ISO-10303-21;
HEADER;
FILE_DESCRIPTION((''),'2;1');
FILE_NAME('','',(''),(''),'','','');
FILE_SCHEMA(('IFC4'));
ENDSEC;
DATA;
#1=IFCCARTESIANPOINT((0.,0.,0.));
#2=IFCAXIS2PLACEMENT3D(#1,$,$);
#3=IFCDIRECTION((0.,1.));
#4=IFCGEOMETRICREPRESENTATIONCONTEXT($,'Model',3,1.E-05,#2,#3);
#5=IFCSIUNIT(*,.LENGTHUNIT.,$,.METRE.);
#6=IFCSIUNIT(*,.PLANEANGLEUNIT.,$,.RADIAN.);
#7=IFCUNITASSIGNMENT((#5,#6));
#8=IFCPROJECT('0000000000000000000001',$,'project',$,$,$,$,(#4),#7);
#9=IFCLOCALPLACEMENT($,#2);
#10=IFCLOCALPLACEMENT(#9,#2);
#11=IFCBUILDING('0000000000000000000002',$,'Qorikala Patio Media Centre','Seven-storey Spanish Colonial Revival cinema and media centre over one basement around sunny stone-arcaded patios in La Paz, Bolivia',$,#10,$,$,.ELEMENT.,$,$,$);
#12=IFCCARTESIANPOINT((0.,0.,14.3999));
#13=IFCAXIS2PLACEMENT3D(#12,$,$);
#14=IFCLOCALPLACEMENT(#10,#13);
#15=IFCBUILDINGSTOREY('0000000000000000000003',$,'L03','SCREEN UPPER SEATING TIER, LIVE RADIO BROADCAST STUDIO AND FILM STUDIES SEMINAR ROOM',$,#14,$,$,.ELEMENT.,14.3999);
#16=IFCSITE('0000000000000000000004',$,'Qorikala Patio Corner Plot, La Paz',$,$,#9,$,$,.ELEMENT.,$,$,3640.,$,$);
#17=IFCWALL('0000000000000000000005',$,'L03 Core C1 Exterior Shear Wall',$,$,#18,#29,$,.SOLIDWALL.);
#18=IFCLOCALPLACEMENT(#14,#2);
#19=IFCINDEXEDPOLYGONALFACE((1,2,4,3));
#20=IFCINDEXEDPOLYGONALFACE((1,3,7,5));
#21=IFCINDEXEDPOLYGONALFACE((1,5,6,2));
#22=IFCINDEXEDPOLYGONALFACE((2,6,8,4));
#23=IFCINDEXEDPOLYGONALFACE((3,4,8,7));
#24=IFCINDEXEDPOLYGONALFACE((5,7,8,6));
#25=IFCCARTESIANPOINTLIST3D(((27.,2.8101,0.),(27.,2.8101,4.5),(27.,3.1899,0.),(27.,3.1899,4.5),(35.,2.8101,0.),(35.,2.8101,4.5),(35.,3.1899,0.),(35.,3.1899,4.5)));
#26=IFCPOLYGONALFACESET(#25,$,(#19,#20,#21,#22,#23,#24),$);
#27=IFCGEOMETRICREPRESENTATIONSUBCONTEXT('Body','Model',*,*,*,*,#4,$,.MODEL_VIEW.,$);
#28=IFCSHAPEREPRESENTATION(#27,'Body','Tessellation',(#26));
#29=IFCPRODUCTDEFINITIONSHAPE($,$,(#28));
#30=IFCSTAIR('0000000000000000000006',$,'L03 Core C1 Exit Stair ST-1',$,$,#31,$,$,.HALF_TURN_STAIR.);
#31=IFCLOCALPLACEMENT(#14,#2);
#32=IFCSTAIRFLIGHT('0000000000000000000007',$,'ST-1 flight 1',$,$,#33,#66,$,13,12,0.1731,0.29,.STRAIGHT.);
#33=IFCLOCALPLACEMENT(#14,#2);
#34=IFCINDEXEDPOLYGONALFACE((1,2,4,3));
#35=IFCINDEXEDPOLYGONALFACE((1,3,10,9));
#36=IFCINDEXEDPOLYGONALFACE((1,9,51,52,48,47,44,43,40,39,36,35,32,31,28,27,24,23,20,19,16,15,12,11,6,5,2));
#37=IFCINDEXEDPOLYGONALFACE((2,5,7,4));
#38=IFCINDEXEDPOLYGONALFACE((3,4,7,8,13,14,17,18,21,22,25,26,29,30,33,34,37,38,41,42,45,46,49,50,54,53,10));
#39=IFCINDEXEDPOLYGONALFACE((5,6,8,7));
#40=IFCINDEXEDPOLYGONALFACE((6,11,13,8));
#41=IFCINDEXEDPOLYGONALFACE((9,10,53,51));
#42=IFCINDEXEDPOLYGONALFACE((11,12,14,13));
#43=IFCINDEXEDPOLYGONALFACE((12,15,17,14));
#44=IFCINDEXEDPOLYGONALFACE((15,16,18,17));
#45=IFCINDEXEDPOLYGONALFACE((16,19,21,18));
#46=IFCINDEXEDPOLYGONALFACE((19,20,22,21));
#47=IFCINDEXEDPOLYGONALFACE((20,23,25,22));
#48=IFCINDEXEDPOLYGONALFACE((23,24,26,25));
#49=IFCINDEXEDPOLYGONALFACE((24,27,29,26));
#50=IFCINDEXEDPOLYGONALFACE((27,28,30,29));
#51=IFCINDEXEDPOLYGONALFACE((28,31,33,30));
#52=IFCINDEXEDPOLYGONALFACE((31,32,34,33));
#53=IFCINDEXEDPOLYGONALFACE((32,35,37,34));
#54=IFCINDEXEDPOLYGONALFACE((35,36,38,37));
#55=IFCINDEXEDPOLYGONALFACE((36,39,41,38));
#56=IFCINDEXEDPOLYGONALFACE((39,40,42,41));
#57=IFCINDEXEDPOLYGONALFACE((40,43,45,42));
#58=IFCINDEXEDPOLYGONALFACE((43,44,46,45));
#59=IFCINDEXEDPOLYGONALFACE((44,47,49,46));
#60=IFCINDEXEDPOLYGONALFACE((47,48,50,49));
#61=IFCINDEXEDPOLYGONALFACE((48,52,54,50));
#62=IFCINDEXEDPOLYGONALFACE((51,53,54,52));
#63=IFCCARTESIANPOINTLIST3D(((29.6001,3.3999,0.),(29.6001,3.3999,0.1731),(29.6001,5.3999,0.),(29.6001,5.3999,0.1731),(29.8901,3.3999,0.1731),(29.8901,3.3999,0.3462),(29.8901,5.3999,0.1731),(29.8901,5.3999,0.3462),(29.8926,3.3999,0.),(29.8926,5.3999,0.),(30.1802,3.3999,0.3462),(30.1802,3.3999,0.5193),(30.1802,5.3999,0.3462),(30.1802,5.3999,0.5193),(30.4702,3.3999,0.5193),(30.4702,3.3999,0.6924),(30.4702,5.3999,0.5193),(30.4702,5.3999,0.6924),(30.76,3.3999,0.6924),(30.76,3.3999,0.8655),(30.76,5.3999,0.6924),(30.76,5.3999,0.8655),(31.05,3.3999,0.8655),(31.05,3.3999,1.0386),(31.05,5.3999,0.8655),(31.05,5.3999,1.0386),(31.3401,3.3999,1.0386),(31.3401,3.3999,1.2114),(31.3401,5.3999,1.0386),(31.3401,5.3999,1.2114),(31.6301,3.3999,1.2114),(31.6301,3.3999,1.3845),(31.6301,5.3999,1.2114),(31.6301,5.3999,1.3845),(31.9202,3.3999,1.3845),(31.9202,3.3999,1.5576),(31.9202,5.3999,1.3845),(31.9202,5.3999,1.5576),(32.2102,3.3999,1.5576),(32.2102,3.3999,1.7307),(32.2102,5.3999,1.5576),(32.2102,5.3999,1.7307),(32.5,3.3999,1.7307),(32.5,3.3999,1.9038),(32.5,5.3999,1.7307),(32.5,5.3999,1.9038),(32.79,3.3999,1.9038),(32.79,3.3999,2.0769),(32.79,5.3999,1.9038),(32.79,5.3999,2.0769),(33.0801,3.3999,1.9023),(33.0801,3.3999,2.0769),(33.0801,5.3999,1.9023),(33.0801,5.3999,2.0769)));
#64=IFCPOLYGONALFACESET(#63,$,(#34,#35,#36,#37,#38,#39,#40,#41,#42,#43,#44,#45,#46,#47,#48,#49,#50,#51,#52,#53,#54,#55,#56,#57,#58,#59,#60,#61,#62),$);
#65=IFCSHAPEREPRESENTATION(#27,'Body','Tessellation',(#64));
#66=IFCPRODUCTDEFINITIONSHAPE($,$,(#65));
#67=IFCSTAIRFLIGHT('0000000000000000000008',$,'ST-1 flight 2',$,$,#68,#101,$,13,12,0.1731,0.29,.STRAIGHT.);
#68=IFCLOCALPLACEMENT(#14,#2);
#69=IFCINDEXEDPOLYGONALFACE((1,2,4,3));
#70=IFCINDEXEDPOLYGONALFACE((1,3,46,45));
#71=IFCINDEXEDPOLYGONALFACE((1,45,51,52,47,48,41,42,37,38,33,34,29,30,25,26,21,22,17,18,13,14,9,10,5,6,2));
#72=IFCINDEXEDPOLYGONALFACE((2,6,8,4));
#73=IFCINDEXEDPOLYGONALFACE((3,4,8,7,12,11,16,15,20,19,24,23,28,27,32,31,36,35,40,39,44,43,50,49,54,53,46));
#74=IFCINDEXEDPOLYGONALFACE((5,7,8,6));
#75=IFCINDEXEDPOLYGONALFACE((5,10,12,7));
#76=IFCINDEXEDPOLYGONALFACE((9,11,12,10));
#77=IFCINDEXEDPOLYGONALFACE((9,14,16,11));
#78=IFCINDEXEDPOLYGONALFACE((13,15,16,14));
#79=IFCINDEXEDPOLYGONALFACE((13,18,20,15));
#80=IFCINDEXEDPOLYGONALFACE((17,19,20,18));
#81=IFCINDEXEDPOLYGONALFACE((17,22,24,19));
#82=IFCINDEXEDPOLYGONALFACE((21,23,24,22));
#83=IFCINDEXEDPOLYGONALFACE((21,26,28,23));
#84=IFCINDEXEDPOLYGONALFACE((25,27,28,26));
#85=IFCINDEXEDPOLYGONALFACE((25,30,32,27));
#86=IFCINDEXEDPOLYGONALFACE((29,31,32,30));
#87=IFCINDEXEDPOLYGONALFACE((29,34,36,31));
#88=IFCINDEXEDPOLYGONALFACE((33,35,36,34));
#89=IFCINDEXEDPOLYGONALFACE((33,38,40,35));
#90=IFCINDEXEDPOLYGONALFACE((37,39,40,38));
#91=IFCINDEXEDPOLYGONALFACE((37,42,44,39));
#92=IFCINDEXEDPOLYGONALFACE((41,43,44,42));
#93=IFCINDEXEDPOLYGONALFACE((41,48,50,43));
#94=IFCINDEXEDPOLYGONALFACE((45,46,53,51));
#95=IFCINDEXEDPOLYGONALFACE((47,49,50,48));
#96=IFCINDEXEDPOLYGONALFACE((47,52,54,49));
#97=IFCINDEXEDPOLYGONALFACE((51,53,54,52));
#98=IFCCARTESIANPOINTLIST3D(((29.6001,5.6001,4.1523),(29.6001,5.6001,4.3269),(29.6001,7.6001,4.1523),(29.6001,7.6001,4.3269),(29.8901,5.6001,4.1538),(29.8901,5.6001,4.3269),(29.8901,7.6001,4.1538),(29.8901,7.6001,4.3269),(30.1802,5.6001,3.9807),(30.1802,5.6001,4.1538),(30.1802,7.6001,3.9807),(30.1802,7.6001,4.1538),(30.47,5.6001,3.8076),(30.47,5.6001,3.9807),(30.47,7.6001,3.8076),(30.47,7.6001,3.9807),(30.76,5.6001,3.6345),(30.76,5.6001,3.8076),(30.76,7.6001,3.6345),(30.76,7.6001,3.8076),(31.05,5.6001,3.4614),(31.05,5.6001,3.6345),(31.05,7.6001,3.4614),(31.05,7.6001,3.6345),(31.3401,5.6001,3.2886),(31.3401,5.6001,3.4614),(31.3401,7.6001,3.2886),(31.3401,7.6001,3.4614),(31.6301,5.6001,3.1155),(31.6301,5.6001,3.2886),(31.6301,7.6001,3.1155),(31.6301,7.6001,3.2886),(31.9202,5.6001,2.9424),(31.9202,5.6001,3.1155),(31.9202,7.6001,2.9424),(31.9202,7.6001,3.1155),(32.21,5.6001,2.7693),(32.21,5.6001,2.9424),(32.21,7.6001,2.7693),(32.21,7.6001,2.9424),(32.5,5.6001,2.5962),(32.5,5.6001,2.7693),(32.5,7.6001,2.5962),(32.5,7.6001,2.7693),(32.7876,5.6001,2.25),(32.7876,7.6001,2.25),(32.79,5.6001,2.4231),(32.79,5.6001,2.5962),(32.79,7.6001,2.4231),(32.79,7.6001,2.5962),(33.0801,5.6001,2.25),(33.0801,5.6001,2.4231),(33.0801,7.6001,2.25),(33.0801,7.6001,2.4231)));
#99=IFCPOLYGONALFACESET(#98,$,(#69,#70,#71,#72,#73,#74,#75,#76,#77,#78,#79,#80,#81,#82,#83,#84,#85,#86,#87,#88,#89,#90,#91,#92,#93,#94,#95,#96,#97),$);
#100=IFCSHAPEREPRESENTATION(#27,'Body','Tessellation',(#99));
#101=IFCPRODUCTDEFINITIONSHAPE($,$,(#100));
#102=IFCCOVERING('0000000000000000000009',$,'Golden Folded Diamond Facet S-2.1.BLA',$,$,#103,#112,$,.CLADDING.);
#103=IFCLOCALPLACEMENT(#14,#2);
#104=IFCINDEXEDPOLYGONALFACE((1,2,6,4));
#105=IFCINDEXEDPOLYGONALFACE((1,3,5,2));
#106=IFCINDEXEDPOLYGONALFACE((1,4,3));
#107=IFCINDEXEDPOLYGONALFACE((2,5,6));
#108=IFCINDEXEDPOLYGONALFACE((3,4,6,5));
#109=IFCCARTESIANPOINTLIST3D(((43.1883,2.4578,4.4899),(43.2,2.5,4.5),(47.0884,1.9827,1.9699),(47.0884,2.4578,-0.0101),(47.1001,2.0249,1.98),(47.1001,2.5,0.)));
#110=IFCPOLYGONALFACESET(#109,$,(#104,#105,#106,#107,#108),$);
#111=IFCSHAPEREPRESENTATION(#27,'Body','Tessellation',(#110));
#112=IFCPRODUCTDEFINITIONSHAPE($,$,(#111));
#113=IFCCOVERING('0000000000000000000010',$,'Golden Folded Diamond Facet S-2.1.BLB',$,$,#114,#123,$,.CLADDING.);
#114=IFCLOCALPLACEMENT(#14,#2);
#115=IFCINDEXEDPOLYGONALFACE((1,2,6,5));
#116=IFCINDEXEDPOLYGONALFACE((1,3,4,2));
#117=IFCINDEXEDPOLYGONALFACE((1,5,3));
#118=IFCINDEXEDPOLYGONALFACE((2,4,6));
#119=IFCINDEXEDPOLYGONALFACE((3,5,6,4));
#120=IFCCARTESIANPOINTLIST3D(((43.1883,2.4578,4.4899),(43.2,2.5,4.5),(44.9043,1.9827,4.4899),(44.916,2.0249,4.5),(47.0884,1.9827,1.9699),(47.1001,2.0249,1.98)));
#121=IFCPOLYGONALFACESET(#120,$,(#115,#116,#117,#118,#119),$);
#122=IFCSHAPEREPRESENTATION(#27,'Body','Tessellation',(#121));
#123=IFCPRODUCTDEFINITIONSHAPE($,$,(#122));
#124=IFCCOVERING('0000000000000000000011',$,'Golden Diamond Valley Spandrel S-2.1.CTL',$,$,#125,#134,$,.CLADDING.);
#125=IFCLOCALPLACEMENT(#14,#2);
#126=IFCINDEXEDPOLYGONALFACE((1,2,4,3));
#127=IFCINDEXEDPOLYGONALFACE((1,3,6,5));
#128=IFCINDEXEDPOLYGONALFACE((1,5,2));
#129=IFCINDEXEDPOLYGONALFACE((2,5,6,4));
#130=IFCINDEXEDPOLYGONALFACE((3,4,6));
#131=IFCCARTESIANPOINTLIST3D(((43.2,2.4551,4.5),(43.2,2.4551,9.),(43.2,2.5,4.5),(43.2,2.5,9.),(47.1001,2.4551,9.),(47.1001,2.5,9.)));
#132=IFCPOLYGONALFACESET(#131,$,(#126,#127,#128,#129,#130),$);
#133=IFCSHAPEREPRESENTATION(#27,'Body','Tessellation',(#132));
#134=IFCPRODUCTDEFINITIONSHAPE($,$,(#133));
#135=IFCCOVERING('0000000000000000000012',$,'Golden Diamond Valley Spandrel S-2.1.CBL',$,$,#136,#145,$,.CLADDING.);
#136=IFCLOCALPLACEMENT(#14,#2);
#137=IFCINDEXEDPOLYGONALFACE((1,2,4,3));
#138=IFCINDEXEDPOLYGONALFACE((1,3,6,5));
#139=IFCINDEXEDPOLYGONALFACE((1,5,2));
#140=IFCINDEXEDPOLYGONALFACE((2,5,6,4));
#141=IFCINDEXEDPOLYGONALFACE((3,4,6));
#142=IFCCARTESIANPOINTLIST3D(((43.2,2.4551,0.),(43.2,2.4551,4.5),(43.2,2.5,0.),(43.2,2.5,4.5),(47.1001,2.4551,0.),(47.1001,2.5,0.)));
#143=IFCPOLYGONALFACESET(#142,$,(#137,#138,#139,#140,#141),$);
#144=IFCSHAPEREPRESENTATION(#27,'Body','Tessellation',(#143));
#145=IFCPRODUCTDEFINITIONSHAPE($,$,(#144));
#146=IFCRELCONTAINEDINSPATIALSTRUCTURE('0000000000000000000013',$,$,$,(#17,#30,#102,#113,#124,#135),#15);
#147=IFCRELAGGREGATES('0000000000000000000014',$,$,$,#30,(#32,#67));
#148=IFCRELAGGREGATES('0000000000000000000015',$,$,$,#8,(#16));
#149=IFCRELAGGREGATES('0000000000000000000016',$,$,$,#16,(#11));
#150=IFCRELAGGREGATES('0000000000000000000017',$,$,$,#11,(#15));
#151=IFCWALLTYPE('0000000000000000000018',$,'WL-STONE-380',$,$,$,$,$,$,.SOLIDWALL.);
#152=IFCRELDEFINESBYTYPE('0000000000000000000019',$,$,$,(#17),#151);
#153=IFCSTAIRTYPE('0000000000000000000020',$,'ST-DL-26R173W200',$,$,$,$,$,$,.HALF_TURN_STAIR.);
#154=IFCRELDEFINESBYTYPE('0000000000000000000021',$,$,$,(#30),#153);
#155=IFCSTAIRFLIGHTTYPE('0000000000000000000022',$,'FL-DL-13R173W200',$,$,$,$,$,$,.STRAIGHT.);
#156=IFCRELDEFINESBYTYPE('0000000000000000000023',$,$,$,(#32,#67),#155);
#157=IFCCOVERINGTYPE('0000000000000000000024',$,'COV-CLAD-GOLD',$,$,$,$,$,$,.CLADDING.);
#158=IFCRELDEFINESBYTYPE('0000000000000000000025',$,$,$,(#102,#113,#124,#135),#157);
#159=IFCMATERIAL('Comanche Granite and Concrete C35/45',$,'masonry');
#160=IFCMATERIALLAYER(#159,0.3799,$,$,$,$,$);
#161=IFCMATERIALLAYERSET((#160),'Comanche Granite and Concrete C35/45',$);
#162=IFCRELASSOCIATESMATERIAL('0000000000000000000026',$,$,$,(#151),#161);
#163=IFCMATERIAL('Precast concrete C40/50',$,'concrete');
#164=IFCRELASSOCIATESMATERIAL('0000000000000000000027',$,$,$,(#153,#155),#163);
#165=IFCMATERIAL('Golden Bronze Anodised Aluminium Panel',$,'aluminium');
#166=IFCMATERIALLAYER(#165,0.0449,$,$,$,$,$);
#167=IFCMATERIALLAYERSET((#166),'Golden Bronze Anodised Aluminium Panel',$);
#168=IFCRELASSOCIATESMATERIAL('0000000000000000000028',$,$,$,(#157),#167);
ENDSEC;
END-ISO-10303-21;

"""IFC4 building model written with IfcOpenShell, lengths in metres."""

from ifc_helpers import new_model, si_unit, direction, frame, frame_2d, origin, place, context, subcontext, project, spatial, polyline, rectangle, outline, extrude, material, layer, layer_set, type_object, element, aggregate, save


model = new_model("IFC4")

# Units and contexts
model_context = context("Model", 3, precision=1e-05, world=origin(), true_north=direction((0.0, 1.0)))
body_context = subcontext(model_context, "Body", "Model", "MODEL_VIEW")
ifc_project = project(units=[si_unit("LENGTHUNIT", "METRE"), si_unit("PLANEANGLEUNIT", "RADIAN")], contexts=[model_context])

# Site, building, storey
site_placement = place(None, origin())
site = spatial("IfcSite", under=ifc_project, at=site_placement, Name="Qorikala Patio Corner Plot, La Paz", CompositionType="ELEMENT", RefElevation=3640.0)
building_placement = place(site_placement, origin())
building = spatial("IfcBuilding", under=site, at=building_placement, Name="Qorikala Patio Media Centre", Description="Seven-storey Spanish Colonial Revival cinema and media centre over one basement around sunny stone-arcaded patios in La Paz, Bolivia", CompositionType="ELEMENT")
storey_placement = place(building_placement, frame((0.0, 0.0, 14.3999)))
storey = spatial("IfcBuildingStorey", under=building, at=storey_placement, Name="L03", Description="SCREEN UPPER SEATING TIER, LIVE RADIO BROADCAST STUDIO AND FILM STUDIES SEMINAR ROOM", CompositionType="ELEMENT", Elevation=14.3999)

# Wall
ifc_material_1 = material(Name="Comanche Granite and Concrete C35/45", Category="masonry")
ifc_layer_1 = layer(ifc_material_1, 0.3799)
ifc_layer_set_1 = layer_set([ifc_layer_1], Name="Comanche Granite and Concrete C35/45")
wall_type_1 = type_object("IfcWallType", Name="WL-STONE-380", PredefinedType="SOLIDWALL", material=ifc_layer_set_1)
for number, where, z_axis, x_axis, name in (
    (1, (35.0, 3.0, 0.0), (0.0, 0.0, 1.0), (-1.0, 0.0, 0.0), "L03 Core C1 Exterior Shear Wall"),
):
    element("IfcWall", number, at=place(storey_placement, frame(where, z_axis=z_axis, x_axis=x_axis)), inside=storey, type_object=wall_type_1, Name=name, PredefinedType="SOLIDWALL", context=body_context, shape_type="SweptSolid", body=[
        extrude(rectangle(XDim=8.0, YDim=0.3799, at=frame_2d((4.0, 0.0))), origin(), (0.0, 0.0, 1.0), 4.5),
    ])

# Stair, stair flights
ifc_material_2 = material(Name="Precast concrete C40/50", Category="concrete")
stair_type = type_object("IfcStairType", Name="ST-DL-26R173W200", PredefinedType="HALF_TURN_STAIR", material=ifc_material_2)
stair_placement = place(storey_placement, origin())
stair = element("IfcStair", 2, at=stair_placement, inside=storey, type_object=stair_type, Name="L03 Core C1 Exit Stair ST-1", PredefinedType="HALF_TURN_STAIR")
stair_flight_type = type_object("IfcStairFlightType", Name="FL-DL-13R173W200", PredefinedType="STRAIGHT", material=ifc_material_2)
stair_flight_1_placement = place(storey_placement, frame((29.6001, 4.3999, 0.0), z_axis=(0.0, 0.0, 1.0), x_axis=(1.0, 0.0, 0.0)))
stair_flight_1 = element("IfcStairFlight", 3, at=stair_flight_1_placement, type_object=stair_flight_type, Name="ST-1 flight 1", NumberOfRisers=13, NumberOfTreads=12, PredefinedType="STRAIGHT", RiserHeight=0.1731, TreadLength=0.29, context=body_context, shape_type="SweptSolid", body=[
    extrude(outline(polyline([(0.0, 0.0), (0.0, 0.1731), (0.29, 0.1731), (0.29, 0.3462), (0.5801, 0.3462), (0.5801, 0.5193), (0.8701, 0.5193), (0.8701, 0.6924), (1.1599, 0.6924), (1.1599, 0.8655), (1.45, 0.8655), (1.45, 1.0386), (1.74, 1.0386), (1.74, 1.2114), (2.03, 1.2114), (2.03, 1.3845), (2.3201, 1.3845), (2.3201, 1.5576), (2.6101, 1.5576), (2.6101, 1.7307), (2.8999, 1.7307), (2.8999, 1.9038), (3.1899, 1.9038), (3.1899, 2.0769), (3.48, 2.0769), (3.48, 2.25), (3.48, 1.9023), (0.2925, 0.0), (0.0, 0.0)])), frame((0.0, 1.0, 0.0), z_axis=(0.0, -1.0, 0.0), x_axis=(1.0, 0.0, 0.0)), (0.0, 0.0, 1.0), 2.0),
])
stair_flight_2_placement = place(storey_placement, frame((33.0801, 6.6001, 2.25), z_axis=(0.0, 0.0, 1.0), x_axis=(-1.0, 0.0, 0.0)))
stair_flight_2 = element("IfcStairFlight", 4, at=stair_flight_2_placement, type_object=stair_flight_type, Name="ST-1 flight 2", NumberOfRisers=13, NumberOfTreads=12, PredefinedType="STRAIGHT", RiserHeight=0.1731, TreadLength=0.29, context=body_context, shape_type="SweptSolid", body=[
    extrude(outline(polyline([(0.0, 0.0), (0.0, 0.1731), (0.29, 0.1731), (0.29, 0.3462), (0.5801, 0.3462), (0.5801, 0.5193), (0.8701, 0.5193), (0.8701, 0.6924), (1.1599, 0.6924), (1.1599, 0.8655), (1.45, 0.8655), (1.45, 1.0386), (1.74, 1.0386), (1.74, 1.2114), (2.03, 1.2114), (2.03, 1.3845), (2.3201, 1.3845), (2.3201, 1.5576), (2.6101, 1.5576), (2.6101, 1.7307), (2.8999, 1.7307), (2.8999, 1.9038), (3.1899, 1.9038), (3.1899, 2.0769), (3.48, 2.0769), (3.48, 2.25), (3.48, 1.9023), (0.2925, 0.0), (0.0, 0.0)])), frame((0.0, 1.0, 0.0), z_axis=(0.0, -1.0, 0.0), x_axis=(1.0, 0.0, 0.0)), (0.0, 0.0, 1.0), 2.0),
])
aggregate(stair, [stair_flight_1, stair_flight_2])

# Coverings
ifc_material_3 = material(Name="Golden Bronze Anodised Aluminium Panel", Category="aluminium")
ifc_layer_2 = layer(ifc_material_3, 0.0449)
ifc_layer_set_2 = layer_set([ifc_layer_2], Name="Golden Bronze Anodised Aluminium Panel")
covering_type = type_object("IfcCoveringType", Name="COV-CLAD-GOLD", PredefinedType="CLADDING", material=ifc_layer_set_2)
covering_1_placement = place(storey_placement, frame((43.2, 2.5, 4.5), z_axis=(0.259958, 0.938967, 0.225306), x_axis=(0.654945, 0.0, -0.755677)))
element("IfcCovering", 5, at=covering_1_placement, inside=storey, type_object=covering_type, Name="Golden Folded Diamond Facet S-2.1.BLA", PredefinedType="CLADDING", context=body_context, shape_type="SweptSolid", body=[
    extrude(outline(polyline([(0.0, 0.0), (5.9549, 0.0), (4.4587, -1.3811), (0.0, 0.0)])), origin(), (0.0, 0.0, -1.0), 0.0449),
])
covering_2_placement = place(storey_placement, frame((43.2, 2.5, 4.5), z_axis=(0.259956, 0.938968, 0.225302), x_axis=(0.835562, -0.101784, -0.539885)))
element("IfcCovering", 6, at=covering_2_placement, inside=storey, type_object=covering_type, Name="Golden Folded Diamond Facet S-2.1.BLB", PredefinedType="CLADDING", context=body_context, shape_type="SweptSolid", body=[
    extrude(outline(polyline([(0.0, 0.0), (4.6677, 0.0), (1.4822, -0.9867), (0.0, 0.0)])), origin(), (0.0, 0.0, -1.0), 0.0449),
])
covering_3_placement = place(storey_placement, frame((43.2, 2.5, 9.0), z_axis=(0.0, 1.0, 0.0), x_axis=(1.0, 0.0, 0.0)))
element("IfcCovering", 7, at=covering_3_placement, inside=storey, type_object=covering_type, Name="Golden Diamond Valley Spandrel S-2.1.CTL", PredefinedType="CLADDING", context=body_context, shape_type="SweptSolid", body=[
    extrude(outline(polyline([(0.0, 0.0), (3.9001, 0.0), (0.0, 4.5), (0.0, 0.0)])), origin(), (0.0, 0.0, -1.0), 0.0449),
])
covering_4_placement = place(storey_placement, frame((43.2, 2.5, 0.0), z_axis=(0.0, 1.0, 0.0), x_axis=(0.0, 0.0, 1.0)))
element("IfcCovering", 8, at=covering_4_placement, inside=storey, type_object=covering_type, Name="Golden Diamond Valley Spandrel S-2.1.CBL", PredefinedType="CLADDING", context=body_context, shape_type="SweptSolid", body=[
    extrude(outline(polyline([(0.0, 0.0), (4.5, 0.0), (0.0, 3.9001), (0.0, 0.0)])), origin(), (0.0, 0.0, -1.0), 0.0449),
])

save(model, "model.ifc")
